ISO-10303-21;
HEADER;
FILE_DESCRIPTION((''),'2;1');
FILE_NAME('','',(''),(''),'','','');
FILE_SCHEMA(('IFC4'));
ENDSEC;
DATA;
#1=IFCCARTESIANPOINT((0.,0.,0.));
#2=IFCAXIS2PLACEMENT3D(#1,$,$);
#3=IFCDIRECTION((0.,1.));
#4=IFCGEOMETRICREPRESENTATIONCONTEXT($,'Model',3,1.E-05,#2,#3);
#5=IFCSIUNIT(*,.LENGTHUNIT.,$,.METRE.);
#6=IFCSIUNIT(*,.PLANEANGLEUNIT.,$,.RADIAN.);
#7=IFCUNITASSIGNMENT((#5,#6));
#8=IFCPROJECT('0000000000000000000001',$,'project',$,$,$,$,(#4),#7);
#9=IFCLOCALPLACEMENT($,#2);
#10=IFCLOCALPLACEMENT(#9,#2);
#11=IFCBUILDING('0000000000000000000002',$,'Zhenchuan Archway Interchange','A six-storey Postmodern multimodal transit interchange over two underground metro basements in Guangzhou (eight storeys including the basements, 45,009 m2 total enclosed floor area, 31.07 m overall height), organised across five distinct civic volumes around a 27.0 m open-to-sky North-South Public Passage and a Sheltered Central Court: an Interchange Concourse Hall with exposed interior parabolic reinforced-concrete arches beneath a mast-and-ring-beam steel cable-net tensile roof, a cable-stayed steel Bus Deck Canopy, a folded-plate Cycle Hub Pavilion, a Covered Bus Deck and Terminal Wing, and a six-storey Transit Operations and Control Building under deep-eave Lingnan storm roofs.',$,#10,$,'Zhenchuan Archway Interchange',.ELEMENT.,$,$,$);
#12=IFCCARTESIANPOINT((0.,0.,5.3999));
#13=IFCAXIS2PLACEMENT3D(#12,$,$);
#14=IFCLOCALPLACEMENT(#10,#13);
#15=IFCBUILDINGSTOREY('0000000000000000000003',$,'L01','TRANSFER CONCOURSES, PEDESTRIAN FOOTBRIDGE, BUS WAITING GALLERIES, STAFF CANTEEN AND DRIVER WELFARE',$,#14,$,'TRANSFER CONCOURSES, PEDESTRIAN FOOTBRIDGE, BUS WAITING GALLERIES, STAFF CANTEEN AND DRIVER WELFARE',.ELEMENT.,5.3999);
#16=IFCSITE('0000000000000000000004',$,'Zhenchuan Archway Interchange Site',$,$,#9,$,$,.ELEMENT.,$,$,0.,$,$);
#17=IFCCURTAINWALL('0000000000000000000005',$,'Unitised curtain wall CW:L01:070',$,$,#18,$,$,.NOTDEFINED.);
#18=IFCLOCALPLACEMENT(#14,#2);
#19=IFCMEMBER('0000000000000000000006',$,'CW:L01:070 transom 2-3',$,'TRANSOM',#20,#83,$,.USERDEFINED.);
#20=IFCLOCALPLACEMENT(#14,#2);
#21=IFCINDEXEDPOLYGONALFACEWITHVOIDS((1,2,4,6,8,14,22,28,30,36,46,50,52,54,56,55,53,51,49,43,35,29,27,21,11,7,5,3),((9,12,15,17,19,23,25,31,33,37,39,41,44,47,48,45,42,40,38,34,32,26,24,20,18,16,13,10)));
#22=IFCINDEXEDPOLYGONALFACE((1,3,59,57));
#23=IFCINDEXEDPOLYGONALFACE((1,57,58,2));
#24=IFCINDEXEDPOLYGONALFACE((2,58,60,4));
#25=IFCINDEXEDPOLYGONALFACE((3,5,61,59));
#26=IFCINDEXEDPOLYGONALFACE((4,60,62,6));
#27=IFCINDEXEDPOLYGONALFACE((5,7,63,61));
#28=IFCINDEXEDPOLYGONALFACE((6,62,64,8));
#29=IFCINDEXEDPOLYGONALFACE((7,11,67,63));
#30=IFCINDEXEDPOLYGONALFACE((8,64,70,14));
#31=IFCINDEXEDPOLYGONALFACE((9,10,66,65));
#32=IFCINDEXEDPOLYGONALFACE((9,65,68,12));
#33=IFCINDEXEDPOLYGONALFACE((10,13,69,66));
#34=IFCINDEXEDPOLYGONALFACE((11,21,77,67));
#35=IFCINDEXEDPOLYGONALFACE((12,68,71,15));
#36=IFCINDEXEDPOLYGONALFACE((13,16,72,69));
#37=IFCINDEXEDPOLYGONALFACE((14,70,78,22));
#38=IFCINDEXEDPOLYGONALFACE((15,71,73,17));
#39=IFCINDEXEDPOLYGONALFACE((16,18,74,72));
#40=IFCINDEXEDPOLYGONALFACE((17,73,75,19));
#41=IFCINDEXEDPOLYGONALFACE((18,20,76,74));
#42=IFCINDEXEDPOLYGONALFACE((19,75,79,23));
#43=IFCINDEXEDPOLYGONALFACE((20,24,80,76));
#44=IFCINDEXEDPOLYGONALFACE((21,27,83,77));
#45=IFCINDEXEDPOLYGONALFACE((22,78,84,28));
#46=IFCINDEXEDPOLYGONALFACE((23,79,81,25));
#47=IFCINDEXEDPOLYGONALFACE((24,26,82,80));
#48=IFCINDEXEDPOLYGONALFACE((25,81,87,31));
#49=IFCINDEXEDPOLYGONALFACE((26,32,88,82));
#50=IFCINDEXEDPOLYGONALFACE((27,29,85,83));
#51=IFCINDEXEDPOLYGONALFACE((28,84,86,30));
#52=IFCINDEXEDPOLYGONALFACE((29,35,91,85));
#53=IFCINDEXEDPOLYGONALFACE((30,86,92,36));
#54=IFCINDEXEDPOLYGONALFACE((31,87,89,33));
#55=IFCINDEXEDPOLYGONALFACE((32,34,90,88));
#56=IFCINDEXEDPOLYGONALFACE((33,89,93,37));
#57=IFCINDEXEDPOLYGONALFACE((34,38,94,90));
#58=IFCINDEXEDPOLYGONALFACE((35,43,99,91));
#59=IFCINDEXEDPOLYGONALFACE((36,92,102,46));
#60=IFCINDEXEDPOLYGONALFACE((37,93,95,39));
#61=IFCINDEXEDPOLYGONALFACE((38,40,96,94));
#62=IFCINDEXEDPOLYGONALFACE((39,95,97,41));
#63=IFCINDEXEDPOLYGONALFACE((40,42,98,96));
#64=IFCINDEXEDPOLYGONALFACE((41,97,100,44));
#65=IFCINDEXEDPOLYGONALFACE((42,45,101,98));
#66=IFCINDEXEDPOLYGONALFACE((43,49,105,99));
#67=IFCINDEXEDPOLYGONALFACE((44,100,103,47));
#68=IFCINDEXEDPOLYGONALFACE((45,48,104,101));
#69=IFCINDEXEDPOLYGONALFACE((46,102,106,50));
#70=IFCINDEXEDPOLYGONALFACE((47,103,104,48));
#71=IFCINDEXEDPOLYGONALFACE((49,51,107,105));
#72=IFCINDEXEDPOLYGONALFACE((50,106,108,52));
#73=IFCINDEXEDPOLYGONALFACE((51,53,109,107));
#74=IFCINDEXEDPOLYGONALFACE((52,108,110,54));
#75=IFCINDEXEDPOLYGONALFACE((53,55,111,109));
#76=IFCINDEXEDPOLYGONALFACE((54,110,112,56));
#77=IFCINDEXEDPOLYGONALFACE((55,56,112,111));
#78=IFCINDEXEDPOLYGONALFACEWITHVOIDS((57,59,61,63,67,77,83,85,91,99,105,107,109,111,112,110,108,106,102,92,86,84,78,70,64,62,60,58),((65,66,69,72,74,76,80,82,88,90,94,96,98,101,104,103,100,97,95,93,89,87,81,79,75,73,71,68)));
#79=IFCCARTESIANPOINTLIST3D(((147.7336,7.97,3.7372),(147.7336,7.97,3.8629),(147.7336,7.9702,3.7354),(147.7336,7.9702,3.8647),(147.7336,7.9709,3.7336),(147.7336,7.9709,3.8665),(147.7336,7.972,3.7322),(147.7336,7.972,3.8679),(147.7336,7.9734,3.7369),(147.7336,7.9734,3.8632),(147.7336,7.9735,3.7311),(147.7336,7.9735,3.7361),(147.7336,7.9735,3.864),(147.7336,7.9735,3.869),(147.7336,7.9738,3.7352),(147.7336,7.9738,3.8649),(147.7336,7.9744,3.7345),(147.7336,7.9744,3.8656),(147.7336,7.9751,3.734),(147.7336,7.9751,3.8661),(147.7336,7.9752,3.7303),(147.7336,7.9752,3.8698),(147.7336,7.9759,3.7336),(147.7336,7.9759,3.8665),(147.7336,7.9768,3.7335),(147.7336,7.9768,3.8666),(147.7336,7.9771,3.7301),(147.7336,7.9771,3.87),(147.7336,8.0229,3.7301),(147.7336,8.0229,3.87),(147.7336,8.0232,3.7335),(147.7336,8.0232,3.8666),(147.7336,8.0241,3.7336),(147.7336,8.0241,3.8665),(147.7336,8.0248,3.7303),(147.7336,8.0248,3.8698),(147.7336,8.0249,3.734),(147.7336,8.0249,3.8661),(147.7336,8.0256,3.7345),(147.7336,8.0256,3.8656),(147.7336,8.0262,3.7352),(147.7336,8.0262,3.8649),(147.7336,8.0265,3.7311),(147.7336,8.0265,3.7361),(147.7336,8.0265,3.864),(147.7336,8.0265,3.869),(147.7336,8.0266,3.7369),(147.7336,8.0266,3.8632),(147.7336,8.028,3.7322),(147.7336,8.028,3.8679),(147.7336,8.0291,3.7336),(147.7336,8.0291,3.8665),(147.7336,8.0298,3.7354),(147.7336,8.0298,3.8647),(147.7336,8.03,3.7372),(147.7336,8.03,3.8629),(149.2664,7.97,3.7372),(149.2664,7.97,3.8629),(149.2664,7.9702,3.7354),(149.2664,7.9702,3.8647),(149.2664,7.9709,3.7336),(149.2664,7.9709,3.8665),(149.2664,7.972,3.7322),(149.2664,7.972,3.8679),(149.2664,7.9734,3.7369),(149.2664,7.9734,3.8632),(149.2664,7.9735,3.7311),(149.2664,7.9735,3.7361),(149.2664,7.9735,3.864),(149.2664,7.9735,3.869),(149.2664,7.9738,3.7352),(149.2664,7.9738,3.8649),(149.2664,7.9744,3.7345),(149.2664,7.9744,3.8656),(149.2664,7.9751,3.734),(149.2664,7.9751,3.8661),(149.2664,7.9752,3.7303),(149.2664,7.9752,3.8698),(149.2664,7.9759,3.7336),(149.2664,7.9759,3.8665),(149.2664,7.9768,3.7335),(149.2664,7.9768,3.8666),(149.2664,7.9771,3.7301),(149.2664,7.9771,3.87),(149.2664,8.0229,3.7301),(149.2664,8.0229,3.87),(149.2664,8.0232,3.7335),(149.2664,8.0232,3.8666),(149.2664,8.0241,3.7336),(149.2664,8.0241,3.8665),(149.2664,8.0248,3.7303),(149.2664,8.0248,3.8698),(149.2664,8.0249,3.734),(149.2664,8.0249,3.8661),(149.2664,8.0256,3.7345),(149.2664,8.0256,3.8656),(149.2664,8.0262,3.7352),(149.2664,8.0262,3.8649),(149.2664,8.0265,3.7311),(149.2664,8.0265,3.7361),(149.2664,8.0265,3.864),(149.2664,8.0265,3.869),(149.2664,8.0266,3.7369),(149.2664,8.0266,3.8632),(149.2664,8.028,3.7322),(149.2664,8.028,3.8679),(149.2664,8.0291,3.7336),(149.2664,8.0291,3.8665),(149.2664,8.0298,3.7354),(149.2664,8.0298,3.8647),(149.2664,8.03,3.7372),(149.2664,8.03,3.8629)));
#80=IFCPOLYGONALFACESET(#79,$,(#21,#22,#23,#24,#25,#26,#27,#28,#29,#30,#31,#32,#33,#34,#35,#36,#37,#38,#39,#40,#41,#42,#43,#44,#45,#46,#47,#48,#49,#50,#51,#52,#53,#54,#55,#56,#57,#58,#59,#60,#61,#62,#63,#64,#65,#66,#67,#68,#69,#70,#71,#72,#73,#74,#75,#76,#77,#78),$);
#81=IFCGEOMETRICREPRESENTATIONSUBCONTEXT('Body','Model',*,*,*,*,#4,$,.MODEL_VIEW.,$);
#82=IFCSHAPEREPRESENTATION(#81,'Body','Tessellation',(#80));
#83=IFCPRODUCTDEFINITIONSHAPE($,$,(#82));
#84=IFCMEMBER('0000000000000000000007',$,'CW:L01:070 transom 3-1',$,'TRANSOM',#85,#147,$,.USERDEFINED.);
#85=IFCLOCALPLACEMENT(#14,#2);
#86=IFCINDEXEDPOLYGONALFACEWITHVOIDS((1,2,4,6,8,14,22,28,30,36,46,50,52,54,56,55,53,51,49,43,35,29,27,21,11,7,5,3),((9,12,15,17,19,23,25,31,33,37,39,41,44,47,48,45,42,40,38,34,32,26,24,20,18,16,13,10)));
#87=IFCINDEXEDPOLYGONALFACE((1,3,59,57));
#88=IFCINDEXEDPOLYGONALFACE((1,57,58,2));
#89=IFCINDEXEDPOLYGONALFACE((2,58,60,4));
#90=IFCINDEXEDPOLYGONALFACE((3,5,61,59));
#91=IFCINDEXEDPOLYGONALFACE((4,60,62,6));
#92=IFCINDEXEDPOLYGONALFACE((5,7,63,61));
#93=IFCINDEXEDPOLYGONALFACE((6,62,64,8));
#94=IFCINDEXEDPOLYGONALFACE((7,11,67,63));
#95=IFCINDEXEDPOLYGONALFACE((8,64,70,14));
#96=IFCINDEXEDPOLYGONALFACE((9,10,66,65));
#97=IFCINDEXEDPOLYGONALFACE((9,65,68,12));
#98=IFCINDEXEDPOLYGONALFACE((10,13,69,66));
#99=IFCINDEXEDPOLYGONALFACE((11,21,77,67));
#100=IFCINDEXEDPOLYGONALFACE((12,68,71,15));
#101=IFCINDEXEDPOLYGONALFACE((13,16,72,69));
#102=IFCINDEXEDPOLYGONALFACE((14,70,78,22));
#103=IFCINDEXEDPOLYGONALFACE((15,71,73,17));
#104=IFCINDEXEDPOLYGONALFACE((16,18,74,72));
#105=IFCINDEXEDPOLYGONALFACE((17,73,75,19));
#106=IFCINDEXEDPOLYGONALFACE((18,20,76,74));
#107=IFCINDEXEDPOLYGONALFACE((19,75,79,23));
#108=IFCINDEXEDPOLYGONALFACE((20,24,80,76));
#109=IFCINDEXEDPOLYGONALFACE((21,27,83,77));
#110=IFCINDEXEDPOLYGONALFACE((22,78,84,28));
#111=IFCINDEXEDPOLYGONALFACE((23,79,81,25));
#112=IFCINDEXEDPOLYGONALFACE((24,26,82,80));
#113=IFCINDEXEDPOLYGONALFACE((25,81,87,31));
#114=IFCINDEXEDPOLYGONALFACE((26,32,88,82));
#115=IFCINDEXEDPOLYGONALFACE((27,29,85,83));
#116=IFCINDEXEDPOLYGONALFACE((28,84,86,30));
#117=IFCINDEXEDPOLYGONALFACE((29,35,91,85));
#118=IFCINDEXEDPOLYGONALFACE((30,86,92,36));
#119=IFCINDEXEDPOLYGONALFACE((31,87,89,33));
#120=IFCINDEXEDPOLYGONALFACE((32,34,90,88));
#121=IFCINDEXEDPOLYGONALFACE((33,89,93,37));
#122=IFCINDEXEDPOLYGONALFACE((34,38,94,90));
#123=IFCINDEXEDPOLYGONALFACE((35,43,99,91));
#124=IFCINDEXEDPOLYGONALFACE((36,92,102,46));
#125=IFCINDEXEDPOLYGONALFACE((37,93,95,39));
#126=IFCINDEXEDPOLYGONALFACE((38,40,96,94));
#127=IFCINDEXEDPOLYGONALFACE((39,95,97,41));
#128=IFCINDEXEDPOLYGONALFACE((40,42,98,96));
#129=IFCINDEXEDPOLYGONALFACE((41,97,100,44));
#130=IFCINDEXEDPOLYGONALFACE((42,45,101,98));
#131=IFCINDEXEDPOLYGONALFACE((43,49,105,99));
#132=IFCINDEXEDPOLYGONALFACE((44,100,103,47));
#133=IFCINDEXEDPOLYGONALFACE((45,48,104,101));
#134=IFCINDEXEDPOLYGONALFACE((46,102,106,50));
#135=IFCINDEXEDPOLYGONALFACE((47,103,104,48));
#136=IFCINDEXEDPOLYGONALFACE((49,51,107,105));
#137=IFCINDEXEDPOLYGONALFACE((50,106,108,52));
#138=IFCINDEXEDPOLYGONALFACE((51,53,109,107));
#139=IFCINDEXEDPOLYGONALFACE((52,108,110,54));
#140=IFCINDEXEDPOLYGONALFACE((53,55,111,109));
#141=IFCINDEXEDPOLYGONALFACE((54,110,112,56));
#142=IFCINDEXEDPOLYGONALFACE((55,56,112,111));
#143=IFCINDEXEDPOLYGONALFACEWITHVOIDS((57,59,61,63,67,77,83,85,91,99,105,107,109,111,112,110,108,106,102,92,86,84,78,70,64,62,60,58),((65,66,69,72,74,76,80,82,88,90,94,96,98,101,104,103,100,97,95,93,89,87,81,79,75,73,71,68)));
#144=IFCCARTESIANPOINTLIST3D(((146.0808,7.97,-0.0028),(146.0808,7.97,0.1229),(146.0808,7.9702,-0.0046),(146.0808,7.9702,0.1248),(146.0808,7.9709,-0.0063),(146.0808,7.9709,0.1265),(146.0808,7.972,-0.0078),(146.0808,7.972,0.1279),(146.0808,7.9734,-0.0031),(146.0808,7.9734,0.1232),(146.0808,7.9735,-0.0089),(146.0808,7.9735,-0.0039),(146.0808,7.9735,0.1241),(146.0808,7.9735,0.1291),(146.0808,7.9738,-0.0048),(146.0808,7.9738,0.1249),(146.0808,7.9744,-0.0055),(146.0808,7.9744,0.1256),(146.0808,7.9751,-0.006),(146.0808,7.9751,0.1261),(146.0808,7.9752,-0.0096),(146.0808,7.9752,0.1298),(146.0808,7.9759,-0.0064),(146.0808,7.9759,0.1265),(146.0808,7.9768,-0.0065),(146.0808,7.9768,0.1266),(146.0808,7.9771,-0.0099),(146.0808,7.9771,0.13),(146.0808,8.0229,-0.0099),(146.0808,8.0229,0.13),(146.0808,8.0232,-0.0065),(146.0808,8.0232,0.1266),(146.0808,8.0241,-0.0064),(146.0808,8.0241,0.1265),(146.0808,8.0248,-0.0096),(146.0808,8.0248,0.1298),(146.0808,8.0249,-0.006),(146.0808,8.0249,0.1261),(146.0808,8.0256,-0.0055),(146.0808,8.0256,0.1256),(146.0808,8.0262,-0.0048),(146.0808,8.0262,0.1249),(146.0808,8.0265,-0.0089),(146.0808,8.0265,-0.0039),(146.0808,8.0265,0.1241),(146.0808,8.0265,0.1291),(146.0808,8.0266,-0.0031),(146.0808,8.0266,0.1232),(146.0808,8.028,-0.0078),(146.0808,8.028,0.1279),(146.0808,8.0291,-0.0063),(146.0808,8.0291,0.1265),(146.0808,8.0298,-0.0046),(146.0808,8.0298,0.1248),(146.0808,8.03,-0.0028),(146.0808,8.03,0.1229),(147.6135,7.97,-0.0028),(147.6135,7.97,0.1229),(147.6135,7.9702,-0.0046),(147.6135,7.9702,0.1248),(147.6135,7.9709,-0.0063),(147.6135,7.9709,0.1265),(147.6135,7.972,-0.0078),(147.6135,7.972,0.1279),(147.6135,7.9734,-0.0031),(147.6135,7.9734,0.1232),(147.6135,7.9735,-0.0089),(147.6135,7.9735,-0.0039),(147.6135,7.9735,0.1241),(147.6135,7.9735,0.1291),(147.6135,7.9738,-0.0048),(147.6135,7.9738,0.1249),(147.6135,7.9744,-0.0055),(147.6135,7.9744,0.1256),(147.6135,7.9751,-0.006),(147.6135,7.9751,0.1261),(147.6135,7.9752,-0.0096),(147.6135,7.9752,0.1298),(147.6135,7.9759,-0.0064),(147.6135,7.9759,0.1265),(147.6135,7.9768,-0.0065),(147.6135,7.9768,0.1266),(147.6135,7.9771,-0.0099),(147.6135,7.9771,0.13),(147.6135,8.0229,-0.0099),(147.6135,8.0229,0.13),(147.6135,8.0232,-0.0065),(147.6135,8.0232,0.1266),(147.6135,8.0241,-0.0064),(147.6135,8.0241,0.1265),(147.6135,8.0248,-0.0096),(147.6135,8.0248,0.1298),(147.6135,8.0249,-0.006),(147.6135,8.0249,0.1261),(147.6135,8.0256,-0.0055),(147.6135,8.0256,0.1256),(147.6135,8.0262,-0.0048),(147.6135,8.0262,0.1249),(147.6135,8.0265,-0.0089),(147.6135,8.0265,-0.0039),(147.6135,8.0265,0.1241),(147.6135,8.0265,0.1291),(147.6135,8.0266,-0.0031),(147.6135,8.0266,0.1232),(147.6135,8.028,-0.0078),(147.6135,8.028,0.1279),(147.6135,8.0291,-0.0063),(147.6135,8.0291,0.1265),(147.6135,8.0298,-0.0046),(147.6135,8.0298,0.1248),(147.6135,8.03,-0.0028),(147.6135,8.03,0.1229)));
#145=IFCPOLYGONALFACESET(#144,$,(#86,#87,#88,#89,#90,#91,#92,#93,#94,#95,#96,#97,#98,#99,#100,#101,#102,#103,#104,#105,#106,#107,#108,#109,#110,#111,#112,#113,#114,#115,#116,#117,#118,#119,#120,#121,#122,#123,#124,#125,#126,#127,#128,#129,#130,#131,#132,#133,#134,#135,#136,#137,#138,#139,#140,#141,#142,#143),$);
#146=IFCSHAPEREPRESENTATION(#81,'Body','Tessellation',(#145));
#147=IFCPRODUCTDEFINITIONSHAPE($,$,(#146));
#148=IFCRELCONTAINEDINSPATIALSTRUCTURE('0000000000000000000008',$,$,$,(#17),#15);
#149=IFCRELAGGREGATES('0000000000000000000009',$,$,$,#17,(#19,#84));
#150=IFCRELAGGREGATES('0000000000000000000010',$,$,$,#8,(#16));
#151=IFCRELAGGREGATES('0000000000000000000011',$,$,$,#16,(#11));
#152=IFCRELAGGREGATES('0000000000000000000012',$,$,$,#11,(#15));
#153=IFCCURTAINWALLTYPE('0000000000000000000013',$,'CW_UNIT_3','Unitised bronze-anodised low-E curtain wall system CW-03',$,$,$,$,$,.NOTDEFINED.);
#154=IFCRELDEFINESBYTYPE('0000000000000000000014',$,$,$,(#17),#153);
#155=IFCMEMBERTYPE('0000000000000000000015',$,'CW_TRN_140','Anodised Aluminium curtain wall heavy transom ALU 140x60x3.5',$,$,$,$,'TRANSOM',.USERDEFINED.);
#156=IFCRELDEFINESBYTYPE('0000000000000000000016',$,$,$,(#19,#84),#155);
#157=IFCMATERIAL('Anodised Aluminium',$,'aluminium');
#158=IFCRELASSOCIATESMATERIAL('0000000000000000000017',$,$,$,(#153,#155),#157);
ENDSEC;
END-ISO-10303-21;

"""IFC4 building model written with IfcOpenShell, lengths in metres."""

from ifc_helpers import new_model, si_unit, direction, frame, origin, origin_2d, place, context, subcontext, project, spatial, hollow_rectangle, extrude, material, material_profile, profile_set, type_object, element, aggregate, save


model = new_model("IFC4")

# Units and contexts
model_context = context("Model", 3, precision=1e-05, world=origin(), true_north=direction((0.0, 1.0)))
body_context = subcontext(model_context, "Body", "Model", "MODEL_VIEW")
ifc_project = project(units=[si_unit("LENGTHUNIT", "METRE"), si_unit("PLANEANGLEUNIT", "RADIAN")], contexts=[model_context])

# Site, building, storey
site_placement = place(None, origin())
site = spatial("IfcSite", under=ifc_project, at=site_placement, Name="Zhenchuan Archway Interchange Site", CompositionType="ELEMENT", RefElevation=0.0)
building_placement = place(site_placement, origin())
building = spatial("IfcBuilding", under=site, at=building_placement, Name="Zhenchuan Archway Interchange", Description="A six-storey Postmodern multimodal transit interchange over two underground metro basements in Guangzhou (eight storeys including the basements, 45,009 m2 total enclosed floor area, 31.07 m overall height), organised across five distinct civic volumes around a 27.0 m open-to-sky North-South Public Passage and a Sheltered Central Court: an Interchange Concourse Hall with exposed interior parabolic reinforced-concrete arches beneath a mast-and-ring-beam steel cable-net tensile roof, a cable-stayed steel Bus Deck Canopy, a folded-plate Cycle Hub Pavilion, a Covered Bus Deck and Terminal Wing, and a six-storey Transit Operations and Control Building under deep-eave Lingnan storm roofs.", LongName="Zhenchuan Archway Interchange", CompositionType="ELEMENT")
storey_placement = place(building_placement, frame((0.0, 0.0, 5.3999)))
storey = spatial("IfcBuildingStorey", under=building, at=storey_placement, Name="L01", Description="TRANSFER CONCOURSES, PEDESTRIAN FOOTBRIDGE, BUS WAITING GALLERIES, STAFF CANTEEN AND DRIVER WELFARE", LongName="TRANSFER CONCOURSES, PEDESTRIAN FOOTBRIDGE, BUS WAITING GALLERIES, STAFF CANTEEN AND DRIVER WELFARE", CompositionType="ELEMENT", Elevation=5.3999)

# Curtain wall, members
ifc_material_1 = material(Name="Anodised Aluminium", Category="aluminium")
curtain_wall_type = type_object("IfcCurtainWallType", Name="CW_UNIT_3", Description="Unitised bronze-anodised low-E curtain wall system CW-03", PredefinedType="NOTDEFINED", material=ifc_material_1)
curtain_wall_placement = place(storey_placement, origin())
curtain_wall = element("IfcCurtainWall", 1, at=curtain_wall_placement, inside=storey, type_object=curtain_wall_type, Name="Unitised curtain wall CW:L01:070", PredefinedType="NOTDEFINED")
ifc_material_profile_1 = material_profile(ifc_material_1, hollow_rectangle(XDim=0.0601, YDim=0.1399, WallThickness=0.0034, InnerFilletRadius=0.0034, OuterFilletRadius=0.0071, at=origin_2d()), Name="ALU 140x60x3.5")
ifc_profile_set_1 = profile_set([ifc_material_profile_1], Name="Anodised Aluminium")
member_type_1 = type_object("IfcMemberType", Name="CW_TRN_140", Description="Anodised Aluminium curtain wall heavy transom ALU 140x60x3.5", ElementType="TRANSOM", PredefinedType="USERDEFINED", material=ifc_profile_set_1)
member_1_placement = place(storey_placement, frame((149.2664, 8.0, 3.8), z_axis=(-1.0, 0.0, 0.0), x_axis=(0.0, -1.0, 0.0)))
member_1 = element("IfcMember", 2, at=member_1_placement, type_object=member_type_1, Name="CW:L01:070 transom 2-3", ObjectType="TRANSOM", PredefinedType="USERDEFINED", context=body_context, shape_type="SweptSolid", body=[
    extrude(hollow_rectangle(XDim=0.0601, YDim=0.1399, WallThickness=0.0034, InnerFilletRadius=0.0034, OuterFilletRadius=0.0071, at=origin_2d()), origin(), (0.0, 0.0, 1.0), 1.5327),
])
member_2_placement = place(storey_placement, frame((147.6135, 8.0, 0.0601), z_axis=(-1.0, 0.0, 0.0), x_axis=(0.0, -1.0, 0.0)))
member_2 = element("IfcMember", 3, at=member_2_placement, type_object=member_type_1, Name="CW:L01:070 transom 3-1", ObjectType="TRANSOM", PredefinedType="USERDEFINED", context=body_context, shape_type="SweptSolid", body=[
    extrude(hollow_rectangle(XDim=0.0601, YDim=0.1399, WallThickness=0.0034, InnerFilletRadius=0.0034, OuterFilletRadius=0.0071, at=origin_2d()), origin(), (0.0, 0.0, 1.0), 1.5327),
])

aggregate(curtain_wall, [member_1, member_2])

save(model, "model.ifc")
